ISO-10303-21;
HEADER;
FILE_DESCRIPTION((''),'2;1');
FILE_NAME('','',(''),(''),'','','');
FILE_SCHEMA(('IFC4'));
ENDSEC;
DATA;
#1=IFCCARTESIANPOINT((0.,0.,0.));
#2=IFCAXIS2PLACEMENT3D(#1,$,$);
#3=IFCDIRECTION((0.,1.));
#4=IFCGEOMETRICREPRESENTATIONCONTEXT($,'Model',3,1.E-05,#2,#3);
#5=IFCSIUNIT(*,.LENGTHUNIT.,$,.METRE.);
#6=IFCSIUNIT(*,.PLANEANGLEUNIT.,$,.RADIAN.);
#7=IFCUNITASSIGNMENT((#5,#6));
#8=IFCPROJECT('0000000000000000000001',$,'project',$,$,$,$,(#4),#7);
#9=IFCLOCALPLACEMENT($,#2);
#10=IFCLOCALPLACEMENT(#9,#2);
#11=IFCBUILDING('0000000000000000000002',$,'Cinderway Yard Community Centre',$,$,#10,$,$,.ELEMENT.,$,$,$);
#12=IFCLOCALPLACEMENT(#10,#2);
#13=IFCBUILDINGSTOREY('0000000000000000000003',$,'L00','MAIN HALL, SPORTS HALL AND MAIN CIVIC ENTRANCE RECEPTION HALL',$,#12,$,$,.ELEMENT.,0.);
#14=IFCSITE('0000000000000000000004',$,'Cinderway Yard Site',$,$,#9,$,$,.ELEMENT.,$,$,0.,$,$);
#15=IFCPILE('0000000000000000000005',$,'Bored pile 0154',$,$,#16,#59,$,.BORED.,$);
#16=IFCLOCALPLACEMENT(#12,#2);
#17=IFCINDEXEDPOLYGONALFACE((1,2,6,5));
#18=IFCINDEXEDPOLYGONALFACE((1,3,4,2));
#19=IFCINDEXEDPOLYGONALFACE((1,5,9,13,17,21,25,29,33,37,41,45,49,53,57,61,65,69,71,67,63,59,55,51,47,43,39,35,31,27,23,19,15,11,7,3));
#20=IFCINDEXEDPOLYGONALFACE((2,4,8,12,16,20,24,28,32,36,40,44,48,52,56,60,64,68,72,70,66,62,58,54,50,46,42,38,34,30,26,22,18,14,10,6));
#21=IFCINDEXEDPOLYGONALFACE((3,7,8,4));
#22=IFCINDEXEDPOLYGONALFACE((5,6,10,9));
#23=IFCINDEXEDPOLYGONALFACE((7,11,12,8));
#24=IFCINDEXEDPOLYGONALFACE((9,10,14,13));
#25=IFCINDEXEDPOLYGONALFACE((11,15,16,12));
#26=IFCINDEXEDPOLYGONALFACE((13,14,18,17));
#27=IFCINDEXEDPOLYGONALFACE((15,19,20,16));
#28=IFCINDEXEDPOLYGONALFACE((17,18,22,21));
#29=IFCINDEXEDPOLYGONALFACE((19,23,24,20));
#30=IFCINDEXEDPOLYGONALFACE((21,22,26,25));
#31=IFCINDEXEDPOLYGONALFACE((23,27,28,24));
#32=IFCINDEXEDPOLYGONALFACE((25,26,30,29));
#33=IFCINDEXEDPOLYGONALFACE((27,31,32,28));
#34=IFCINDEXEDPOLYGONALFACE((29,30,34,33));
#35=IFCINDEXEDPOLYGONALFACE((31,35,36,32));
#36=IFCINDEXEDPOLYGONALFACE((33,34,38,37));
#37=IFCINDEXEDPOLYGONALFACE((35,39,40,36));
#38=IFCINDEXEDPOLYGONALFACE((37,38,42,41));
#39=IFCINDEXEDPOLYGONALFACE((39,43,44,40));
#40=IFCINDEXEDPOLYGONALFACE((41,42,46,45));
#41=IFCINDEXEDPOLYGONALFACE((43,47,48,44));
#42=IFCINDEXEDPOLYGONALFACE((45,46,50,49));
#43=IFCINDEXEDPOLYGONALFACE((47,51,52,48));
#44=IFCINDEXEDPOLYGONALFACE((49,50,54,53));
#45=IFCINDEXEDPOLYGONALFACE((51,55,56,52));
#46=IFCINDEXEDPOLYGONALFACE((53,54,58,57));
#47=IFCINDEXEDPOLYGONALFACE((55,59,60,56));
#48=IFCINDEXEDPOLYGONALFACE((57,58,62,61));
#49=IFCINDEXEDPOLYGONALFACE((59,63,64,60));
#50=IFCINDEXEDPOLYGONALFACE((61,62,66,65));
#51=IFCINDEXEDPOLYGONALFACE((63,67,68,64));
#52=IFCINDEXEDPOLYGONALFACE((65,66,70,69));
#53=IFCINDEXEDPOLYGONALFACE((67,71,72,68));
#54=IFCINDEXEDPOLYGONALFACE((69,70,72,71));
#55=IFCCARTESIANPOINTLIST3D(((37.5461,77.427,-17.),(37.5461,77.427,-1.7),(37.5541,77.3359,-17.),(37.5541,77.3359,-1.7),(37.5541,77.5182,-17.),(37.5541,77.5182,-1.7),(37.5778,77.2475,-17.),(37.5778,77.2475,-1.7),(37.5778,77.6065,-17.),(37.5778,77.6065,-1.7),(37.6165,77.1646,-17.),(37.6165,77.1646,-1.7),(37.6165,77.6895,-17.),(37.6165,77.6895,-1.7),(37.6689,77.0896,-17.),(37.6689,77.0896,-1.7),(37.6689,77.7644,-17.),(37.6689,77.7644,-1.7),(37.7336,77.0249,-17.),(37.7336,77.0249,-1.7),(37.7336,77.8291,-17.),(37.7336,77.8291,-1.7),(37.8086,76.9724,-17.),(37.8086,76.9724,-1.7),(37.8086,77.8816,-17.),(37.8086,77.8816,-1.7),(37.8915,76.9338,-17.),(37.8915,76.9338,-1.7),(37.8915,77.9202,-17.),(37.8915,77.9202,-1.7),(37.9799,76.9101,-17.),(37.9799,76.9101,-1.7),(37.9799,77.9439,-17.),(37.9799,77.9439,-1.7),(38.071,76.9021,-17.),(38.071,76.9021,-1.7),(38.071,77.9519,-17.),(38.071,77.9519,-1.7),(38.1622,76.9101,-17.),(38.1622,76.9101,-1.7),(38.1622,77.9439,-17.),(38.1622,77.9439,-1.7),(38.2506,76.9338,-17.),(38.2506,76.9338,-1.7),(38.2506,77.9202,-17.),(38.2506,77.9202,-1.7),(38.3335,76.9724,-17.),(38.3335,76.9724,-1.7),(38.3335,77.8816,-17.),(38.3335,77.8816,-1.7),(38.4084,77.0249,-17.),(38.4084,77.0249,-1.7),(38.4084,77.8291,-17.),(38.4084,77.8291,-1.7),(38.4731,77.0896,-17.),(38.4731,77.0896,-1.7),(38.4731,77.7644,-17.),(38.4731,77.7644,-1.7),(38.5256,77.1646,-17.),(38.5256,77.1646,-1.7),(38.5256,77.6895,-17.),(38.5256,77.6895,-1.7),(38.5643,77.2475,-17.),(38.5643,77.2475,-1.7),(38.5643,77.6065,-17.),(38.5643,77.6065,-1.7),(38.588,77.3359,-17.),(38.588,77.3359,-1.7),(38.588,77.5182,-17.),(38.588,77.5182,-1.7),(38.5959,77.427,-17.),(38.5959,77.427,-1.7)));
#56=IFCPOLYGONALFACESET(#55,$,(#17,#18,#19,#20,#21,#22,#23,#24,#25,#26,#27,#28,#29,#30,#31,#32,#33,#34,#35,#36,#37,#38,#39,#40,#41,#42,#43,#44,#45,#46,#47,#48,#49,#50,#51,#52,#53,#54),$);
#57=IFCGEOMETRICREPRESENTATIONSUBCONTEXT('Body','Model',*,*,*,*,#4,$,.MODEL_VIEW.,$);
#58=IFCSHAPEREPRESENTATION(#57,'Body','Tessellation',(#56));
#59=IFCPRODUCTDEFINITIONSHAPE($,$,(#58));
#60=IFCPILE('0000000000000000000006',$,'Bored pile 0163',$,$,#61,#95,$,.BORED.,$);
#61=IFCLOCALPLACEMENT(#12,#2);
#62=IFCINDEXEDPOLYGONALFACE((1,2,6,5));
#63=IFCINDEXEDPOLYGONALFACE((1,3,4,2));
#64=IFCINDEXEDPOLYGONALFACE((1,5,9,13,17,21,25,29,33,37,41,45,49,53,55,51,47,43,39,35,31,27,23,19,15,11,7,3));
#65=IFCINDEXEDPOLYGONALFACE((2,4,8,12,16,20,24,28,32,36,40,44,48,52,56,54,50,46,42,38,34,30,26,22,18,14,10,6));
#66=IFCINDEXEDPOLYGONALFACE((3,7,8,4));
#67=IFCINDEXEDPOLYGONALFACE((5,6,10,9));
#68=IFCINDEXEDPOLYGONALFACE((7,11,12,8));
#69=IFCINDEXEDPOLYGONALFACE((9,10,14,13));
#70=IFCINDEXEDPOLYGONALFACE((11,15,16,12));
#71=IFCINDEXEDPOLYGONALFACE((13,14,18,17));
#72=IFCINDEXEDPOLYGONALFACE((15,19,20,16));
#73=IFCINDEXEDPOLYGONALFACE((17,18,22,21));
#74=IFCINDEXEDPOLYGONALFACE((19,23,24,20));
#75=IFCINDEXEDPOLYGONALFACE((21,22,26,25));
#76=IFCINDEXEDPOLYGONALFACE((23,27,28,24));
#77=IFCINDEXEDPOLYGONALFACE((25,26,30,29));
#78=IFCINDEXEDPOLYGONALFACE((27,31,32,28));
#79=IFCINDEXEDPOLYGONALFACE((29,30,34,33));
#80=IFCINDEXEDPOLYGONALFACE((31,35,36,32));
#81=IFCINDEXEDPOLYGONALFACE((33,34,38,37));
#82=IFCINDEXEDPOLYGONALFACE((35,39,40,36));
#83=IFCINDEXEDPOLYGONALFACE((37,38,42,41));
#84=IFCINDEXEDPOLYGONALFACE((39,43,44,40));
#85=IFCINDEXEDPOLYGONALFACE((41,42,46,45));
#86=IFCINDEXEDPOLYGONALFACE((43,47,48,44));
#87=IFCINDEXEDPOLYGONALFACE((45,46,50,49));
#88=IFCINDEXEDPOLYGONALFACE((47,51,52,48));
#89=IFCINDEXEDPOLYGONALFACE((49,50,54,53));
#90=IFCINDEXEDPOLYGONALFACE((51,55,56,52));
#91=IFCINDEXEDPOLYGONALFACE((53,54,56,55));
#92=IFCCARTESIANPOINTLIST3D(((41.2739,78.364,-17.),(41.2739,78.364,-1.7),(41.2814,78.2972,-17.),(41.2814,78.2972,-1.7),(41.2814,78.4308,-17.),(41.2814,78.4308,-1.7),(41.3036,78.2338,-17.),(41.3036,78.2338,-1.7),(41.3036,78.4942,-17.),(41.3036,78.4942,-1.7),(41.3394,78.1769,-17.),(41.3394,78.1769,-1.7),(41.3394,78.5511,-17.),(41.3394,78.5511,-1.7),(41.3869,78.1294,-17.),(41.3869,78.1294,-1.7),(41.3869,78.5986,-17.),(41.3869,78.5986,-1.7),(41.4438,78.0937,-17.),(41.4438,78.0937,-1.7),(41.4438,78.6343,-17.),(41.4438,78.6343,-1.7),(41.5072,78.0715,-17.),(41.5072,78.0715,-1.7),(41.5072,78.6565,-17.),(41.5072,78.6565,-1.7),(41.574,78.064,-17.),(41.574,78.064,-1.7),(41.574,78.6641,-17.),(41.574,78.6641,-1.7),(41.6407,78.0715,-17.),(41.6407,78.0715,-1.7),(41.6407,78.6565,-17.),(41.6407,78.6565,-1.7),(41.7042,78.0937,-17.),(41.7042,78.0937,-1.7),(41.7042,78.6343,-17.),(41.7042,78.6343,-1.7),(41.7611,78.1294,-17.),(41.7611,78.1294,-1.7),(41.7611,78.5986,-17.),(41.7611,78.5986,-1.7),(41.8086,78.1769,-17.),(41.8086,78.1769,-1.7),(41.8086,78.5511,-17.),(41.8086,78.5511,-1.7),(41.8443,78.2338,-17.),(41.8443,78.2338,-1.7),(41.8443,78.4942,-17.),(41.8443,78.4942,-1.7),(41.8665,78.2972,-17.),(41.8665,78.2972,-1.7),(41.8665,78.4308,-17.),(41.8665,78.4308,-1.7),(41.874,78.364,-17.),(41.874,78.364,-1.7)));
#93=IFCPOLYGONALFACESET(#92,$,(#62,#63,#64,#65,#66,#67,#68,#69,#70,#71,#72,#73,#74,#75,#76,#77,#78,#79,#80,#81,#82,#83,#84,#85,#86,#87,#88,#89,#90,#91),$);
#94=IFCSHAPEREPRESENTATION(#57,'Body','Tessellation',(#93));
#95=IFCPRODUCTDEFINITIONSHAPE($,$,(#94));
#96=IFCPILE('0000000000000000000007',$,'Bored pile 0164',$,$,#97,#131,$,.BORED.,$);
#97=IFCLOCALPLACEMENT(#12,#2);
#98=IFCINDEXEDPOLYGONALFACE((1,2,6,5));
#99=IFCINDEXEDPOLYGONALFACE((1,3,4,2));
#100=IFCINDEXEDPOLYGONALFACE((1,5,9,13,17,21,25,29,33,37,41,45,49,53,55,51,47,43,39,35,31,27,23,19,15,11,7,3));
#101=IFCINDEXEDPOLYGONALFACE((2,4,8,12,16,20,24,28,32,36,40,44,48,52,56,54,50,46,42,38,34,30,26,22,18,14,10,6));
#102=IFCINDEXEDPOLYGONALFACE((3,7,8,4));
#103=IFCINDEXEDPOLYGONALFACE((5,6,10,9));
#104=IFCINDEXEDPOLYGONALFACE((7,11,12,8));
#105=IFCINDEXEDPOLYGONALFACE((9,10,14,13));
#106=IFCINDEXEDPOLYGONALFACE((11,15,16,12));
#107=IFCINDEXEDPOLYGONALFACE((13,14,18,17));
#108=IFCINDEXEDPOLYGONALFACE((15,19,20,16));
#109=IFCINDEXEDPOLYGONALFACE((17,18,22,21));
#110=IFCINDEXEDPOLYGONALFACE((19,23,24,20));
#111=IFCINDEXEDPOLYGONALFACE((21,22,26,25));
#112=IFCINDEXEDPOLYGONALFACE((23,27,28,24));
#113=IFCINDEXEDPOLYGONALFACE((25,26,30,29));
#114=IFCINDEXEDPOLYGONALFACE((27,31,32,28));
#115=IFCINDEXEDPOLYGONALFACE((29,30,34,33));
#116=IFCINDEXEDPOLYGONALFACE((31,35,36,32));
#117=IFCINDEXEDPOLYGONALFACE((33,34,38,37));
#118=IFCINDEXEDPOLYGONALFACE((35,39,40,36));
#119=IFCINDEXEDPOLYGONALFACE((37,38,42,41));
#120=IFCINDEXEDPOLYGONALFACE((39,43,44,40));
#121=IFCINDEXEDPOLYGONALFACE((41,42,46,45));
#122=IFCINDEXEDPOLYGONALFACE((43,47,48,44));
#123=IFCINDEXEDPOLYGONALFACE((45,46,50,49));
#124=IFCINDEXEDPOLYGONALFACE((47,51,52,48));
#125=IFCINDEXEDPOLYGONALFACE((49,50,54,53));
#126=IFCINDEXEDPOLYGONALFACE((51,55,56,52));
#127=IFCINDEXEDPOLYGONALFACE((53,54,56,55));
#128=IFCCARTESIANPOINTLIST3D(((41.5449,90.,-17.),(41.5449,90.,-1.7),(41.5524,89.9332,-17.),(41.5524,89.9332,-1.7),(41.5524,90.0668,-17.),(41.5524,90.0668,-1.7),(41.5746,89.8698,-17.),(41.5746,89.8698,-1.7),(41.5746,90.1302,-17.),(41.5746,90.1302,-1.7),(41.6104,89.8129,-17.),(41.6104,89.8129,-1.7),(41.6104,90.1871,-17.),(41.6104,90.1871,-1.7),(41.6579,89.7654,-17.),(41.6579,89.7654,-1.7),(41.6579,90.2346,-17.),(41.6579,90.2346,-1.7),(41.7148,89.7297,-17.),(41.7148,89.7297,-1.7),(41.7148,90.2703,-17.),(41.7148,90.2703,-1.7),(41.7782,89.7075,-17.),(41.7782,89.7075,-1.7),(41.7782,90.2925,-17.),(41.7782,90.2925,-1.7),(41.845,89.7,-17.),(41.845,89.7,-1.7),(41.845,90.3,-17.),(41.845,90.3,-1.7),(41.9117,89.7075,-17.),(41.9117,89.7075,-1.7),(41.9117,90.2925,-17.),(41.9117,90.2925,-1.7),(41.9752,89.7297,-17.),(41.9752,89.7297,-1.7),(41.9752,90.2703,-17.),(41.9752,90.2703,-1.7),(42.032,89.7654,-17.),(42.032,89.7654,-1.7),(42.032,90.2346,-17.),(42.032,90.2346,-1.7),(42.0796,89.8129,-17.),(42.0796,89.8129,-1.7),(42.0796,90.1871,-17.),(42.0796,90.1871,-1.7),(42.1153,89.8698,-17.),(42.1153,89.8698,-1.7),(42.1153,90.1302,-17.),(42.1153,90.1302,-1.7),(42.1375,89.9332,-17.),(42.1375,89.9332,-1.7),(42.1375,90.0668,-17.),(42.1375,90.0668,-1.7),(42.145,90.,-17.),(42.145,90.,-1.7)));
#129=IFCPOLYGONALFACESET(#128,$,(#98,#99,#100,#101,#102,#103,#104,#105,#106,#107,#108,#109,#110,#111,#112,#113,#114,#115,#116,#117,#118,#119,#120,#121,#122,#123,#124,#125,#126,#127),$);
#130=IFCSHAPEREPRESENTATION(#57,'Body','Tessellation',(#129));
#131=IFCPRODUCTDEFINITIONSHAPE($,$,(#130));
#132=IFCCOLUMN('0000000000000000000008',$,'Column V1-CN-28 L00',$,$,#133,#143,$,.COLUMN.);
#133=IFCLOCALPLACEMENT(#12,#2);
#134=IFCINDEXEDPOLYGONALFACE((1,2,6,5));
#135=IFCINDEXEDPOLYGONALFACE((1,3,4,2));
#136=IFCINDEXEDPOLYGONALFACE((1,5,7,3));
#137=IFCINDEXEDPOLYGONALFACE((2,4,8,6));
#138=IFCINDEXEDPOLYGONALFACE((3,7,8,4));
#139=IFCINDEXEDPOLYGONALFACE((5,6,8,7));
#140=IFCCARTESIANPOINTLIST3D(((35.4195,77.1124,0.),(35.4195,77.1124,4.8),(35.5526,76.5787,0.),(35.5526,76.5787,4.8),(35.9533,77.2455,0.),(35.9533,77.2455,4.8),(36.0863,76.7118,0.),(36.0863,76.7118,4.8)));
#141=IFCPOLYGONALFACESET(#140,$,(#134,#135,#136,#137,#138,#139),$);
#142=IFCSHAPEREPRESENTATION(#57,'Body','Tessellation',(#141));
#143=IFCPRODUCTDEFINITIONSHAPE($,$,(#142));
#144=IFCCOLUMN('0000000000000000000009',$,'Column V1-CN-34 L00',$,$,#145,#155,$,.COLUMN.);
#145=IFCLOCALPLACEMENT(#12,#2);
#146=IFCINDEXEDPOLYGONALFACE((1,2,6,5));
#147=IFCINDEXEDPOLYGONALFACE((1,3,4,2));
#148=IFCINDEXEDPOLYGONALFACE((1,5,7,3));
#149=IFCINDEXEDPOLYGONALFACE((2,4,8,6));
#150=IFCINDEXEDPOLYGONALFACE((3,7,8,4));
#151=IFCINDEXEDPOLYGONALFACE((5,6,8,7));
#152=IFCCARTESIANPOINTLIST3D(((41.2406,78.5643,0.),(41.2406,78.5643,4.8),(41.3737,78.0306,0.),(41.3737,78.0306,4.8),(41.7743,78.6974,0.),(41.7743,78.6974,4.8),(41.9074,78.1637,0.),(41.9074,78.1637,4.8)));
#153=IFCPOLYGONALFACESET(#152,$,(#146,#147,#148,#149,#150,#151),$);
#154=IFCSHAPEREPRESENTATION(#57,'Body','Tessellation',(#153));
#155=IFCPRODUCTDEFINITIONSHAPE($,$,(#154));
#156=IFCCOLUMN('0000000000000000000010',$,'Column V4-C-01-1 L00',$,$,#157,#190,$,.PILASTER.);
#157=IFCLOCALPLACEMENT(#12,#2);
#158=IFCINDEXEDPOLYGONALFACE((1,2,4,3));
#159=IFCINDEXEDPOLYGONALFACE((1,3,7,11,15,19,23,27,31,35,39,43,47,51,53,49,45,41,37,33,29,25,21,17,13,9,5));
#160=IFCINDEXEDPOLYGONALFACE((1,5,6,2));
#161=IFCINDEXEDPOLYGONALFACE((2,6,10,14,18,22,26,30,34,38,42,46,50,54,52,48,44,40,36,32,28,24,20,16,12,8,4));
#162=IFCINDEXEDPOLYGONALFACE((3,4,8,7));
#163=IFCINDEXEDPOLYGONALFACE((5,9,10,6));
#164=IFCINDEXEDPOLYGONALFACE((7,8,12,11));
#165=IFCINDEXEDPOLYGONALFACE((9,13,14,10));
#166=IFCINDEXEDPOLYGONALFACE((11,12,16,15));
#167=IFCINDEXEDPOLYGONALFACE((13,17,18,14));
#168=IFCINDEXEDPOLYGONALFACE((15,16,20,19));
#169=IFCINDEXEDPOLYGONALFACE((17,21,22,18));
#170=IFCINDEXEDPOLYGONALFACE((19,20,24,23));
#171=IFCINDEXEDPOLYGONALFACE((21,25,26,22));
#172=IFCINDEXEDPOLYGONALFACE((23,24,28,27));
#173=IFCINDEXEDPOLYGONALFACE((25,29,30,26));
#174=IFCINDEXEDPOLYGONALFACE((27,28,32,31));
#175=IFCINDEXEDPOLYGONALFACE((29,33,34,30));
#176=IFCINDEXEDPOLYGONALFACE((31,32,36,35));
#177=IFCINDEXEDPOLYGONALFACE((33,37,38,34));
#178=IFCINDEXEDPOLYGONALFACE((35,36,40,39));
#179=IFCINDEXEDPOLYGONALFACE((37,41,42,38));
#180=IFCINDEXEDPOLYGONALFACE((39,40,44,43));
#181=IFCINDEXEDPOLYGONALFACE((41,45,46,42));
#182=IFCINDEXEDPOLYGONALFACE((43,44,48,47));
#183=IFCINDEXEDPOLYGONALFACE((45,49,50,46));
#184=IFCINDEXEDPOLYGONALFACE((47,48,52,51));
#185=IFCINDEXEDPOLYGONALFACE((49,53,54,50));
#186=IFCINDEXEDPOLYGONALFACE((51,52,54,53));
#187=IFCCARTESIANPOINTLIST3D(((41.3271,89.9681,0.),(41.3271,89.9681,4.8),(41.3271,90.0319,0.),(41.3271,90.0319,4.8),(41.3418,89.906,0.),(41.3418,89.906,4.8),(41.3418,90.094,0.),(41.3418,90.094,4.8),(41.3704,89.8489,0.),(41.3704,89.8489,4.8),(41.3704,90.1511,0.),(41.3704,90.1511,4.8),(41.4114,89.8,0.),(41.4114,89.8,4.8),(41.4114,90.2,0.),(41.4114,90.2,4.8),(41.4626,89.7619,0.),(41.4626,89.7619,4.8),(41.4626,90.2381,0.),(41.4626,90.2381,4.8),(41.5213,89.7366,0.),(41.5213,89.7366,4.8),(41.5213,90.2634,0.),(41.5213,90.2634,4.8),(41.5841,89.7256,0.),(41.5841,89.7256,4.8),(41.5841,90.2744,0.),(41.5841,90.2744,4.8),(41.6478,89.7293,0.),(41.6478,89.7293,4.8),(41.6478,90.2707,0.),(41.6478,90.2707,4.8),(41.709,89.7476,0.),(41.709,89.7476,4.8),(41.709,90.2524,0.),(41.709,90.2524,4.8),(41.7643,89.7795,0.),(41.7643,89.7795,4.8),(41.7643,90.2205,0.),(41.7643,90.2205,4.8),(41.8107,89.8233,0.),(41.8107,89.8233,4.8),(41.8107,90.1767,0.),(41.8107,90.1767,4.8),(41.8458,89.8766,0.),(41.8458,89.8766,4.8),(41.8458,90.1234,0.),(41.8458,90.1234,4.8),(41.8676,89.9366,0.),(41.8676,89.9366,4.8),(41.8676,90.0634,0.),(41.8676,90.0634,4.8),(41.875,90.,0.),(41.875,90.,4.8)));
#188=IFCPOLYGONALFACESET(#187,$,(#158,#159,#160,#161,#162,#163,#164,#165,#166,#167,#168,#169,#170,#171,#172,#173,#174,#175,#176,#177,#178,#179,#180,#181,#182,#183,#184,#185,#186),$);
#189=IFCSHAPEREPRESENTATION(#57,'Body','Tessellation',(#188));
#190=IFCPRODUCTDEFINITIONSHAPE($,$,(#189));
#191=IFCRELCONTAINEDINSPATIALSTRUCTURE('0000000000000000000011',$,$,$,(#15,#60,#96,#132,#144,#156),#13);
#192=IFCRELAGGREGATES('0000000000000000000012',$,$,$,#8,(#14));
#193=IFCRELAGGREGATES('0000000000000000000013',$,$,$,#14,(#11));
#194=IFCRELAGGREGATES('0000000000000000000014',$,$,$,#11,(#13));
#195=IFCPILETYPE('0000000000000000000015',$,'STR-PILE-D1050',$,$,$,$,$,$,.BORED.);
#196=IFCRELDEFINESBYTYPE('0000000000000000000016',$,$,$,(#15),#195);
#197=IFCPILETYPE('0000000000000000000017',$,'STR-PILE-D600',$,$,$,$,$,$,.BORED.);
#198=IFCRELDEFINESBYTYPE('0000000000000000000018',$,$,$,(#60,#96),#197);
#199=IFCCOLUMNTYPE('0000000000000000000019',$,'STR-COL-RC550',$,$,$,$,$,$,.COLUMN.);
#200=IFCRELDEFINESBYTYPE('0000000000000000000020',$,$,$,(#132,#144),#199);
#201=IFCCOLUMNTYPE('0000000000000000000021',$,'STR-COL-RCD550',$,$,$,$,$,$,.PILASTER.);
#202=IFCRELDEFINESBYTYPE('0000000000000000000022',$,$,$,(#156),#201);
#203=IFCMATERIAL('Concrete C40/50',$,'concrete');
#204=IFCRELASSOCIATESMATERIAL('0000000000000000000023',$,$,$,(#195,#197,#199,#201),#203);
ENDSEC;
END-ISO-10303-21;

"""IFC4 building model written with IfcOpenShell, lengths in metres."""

from ifc_helpers import new_model, si_unit, direction, frame, origin, origin_2d, place, context, subcontext, project, spatial, rectangle, circle, extrude, material, material_profile, profile_set, type_object, element, save


model = new_model("IFC4")

# Units and contexts
model_context = context("Model", 3, precision=1e-05, world=origin(), true_north=direction((0.0, 1.0)))
body_context = subcontext(model_context, "Body", "Model", "MODEL_VIEW")
ifc_project = project(units=[si_unit("LENGTHUNIT", "METRE"), si_unit("PLANEANGLEUNIT", "RADIAN")], contexts=[model_context])

# Site, building, storey
site_placement = place(None, origin())
site = spatial("IfcSite", under=ifc_project, at=site_placement, Name="Cinderway Yard Site", CompositionType="ELEMENT", RefElevation=0.0)
building_placement = place(site_placement, origin())
building = spatial("IfcBuilding", under=site, at=building_placement, Name="Cinderway Yard Community Centre", CompositionType="ELEMENT")
storey_placement = place(building_placement, origin())
storey = spatial("IfcBuildingStorey", under=building, at=storey_placement, Name="L00", Description="MAIN HALL, SPORTS HALL AND MAIN CIVIC ENTRANCE RECEPTION HALL", CompositionType="ELEMENT", Elevation=0.0)

# Shared definitions
ifc_material_1 = material(Name="Concrete C40/50", Category="concrete")

# Piles
ifc_material_profile_1 = material_profile(ifc_material_1, circle(Radius=0.5249, at=origin_2d()), Name="Concrete C40/50")
ifc_profile_set_1 = profile_set([ifc_material_profile_1], Name="Concrete C40/50")
pile_type_1 = type_object("IfcPileType", Name="STR-PILE-D1050", PredefinedType="BORED", material=ifc_profile_set_1)
for number, where, z_axis, x_axis, name in (
    (1, (38.071, 77.427, -1.7), (0.0, 0.0, -1.0), (1.0, 0.0, 0.0), "Bored pile 0154"),
):
    element("IfcPile", number, at=place(storey_placement, frame(where, z_axis=z_axis, x_axis=x_axis)), inside=storey, type_object=pile_type_1, Name=name, PredefinedType="BORED", context=body_context, shape_type="SweptSolid", body=[
        extrude(circle(Radius=0.5249, at=origin_2d()), origin(), (0.0, 0.0, 1.0), 15.3),
    ])
ifc_material_profile_2 = material_profile(ifc_material_1, circle(Radius=0.3, at=origin_2d()), Name="Concrete C40/50")
ifc_profile_set_2 = profile_set([ifc_material_profile_2], Name="Concrete C40/50")
pile_type_2 = type_object("IfcPileType", Name="STR-PILE-D600", PredefinedType="BORED", material=ifc_profile_set_2)
for number, where, z_axis, x_axis, name in (
    (2, (41.574, 78.364, -1.7), (0.0, 0.0, -1.0), (1.0, 0.0, 0.0), "Bored pile 0163"),
    (3, (41.845, 90.0, -1.7), (0.0, 0.0, -1.0), (1.0, 0.0, 0.0), "Bored pile 0164"),
):
    element("IfcPile", number, at=place(storey_placement, frame(where, z_axis=z_axis, x_axis=x_axis)), inside=storey, type_object=pile_type_2, Name=name, PredefinedType="BORED", context=body_context, shape_type="SweptSolid", body=[
        extrude(circle(Radius=0.3, at=origin_2d()), origin(), (0.0, 0.0, 1.0), 15.3),
    ])

# Columns
ifc_material_profile_3 = material_profile(ifc_material_1, rectangle(XDim=0.55, YDim=0.55, at=origin_2d()), Name="Concrete C40/50")
ifc_profile_set_3 = profile_set([ifc_material_profile_3], Name="Concrete C40/50")
column_type_1 = type_object("IfcColumnType", Name="STR-COL-RC550", PredefinedType="COLUMN", material=ifc_profile_set_3)
for number, where, z_axis, x_axis, name in (
    (4, (35.7529, 76.9121, 0.0), (0.0, 0.0, 1.0), (0.970296, 0.241922, 0.0), "Column V1-CN-28 L00"),
    (5, (41.574, 78.364, 0.0), (0.0, 0.0, 1.0), (0.970296, 0.241922, 0.0), "Column V1-CN-34 L00"),
):
    element("IfcColumn", number, at=place(storey_placement, frame(where, z_axis=z_axis, x_axis=x_axis)), inside=storey, type_object=column_type_1, Name=name, PredefinedType="COLUMN", context=body_context, shape_type="SweptSolid", body=[
        extrude(rectangle(XDim=0.55, YDim=0.55, at=origin_2d()), origin(), (0.0, 0.0, 1.0), 4.8),
    ])
ifc_material_profile_4 = material_profile(ifc_material_1, circle(Radius=0.2749, at=origin_2d()), Name="Concrete C40/50")
ifc_profile_set_4 = profile_set([ifc_material_profile_4], Name="Concrete C40/50")
column_type_2 = type_object("IfcColumnType", Name="STR-COL-RCD550", PredefinedType="PILASTER", material=ifc_profile_set_4)
column_placement = place(storey_placement, frame((41.6001, 90.0, 0.0), z_axis=(0.0, 0.0, 1.0), x_axis=(1.0, 0.0, 0.0)))
element("IfcColumn", 6, at=column_placement, inside=storey, type_object=column_type_2, Name="Column V4-C-01-1 L00", PredefinedType="PILASTER", context=body_context, shape_type="SweptSolid", body=[
    extrude(circle(Radius=0.2749, at=origin_2d()), origin(), (0.0, 0.0, 1.0), 4.8),
])

save(model, "model.ifc")
